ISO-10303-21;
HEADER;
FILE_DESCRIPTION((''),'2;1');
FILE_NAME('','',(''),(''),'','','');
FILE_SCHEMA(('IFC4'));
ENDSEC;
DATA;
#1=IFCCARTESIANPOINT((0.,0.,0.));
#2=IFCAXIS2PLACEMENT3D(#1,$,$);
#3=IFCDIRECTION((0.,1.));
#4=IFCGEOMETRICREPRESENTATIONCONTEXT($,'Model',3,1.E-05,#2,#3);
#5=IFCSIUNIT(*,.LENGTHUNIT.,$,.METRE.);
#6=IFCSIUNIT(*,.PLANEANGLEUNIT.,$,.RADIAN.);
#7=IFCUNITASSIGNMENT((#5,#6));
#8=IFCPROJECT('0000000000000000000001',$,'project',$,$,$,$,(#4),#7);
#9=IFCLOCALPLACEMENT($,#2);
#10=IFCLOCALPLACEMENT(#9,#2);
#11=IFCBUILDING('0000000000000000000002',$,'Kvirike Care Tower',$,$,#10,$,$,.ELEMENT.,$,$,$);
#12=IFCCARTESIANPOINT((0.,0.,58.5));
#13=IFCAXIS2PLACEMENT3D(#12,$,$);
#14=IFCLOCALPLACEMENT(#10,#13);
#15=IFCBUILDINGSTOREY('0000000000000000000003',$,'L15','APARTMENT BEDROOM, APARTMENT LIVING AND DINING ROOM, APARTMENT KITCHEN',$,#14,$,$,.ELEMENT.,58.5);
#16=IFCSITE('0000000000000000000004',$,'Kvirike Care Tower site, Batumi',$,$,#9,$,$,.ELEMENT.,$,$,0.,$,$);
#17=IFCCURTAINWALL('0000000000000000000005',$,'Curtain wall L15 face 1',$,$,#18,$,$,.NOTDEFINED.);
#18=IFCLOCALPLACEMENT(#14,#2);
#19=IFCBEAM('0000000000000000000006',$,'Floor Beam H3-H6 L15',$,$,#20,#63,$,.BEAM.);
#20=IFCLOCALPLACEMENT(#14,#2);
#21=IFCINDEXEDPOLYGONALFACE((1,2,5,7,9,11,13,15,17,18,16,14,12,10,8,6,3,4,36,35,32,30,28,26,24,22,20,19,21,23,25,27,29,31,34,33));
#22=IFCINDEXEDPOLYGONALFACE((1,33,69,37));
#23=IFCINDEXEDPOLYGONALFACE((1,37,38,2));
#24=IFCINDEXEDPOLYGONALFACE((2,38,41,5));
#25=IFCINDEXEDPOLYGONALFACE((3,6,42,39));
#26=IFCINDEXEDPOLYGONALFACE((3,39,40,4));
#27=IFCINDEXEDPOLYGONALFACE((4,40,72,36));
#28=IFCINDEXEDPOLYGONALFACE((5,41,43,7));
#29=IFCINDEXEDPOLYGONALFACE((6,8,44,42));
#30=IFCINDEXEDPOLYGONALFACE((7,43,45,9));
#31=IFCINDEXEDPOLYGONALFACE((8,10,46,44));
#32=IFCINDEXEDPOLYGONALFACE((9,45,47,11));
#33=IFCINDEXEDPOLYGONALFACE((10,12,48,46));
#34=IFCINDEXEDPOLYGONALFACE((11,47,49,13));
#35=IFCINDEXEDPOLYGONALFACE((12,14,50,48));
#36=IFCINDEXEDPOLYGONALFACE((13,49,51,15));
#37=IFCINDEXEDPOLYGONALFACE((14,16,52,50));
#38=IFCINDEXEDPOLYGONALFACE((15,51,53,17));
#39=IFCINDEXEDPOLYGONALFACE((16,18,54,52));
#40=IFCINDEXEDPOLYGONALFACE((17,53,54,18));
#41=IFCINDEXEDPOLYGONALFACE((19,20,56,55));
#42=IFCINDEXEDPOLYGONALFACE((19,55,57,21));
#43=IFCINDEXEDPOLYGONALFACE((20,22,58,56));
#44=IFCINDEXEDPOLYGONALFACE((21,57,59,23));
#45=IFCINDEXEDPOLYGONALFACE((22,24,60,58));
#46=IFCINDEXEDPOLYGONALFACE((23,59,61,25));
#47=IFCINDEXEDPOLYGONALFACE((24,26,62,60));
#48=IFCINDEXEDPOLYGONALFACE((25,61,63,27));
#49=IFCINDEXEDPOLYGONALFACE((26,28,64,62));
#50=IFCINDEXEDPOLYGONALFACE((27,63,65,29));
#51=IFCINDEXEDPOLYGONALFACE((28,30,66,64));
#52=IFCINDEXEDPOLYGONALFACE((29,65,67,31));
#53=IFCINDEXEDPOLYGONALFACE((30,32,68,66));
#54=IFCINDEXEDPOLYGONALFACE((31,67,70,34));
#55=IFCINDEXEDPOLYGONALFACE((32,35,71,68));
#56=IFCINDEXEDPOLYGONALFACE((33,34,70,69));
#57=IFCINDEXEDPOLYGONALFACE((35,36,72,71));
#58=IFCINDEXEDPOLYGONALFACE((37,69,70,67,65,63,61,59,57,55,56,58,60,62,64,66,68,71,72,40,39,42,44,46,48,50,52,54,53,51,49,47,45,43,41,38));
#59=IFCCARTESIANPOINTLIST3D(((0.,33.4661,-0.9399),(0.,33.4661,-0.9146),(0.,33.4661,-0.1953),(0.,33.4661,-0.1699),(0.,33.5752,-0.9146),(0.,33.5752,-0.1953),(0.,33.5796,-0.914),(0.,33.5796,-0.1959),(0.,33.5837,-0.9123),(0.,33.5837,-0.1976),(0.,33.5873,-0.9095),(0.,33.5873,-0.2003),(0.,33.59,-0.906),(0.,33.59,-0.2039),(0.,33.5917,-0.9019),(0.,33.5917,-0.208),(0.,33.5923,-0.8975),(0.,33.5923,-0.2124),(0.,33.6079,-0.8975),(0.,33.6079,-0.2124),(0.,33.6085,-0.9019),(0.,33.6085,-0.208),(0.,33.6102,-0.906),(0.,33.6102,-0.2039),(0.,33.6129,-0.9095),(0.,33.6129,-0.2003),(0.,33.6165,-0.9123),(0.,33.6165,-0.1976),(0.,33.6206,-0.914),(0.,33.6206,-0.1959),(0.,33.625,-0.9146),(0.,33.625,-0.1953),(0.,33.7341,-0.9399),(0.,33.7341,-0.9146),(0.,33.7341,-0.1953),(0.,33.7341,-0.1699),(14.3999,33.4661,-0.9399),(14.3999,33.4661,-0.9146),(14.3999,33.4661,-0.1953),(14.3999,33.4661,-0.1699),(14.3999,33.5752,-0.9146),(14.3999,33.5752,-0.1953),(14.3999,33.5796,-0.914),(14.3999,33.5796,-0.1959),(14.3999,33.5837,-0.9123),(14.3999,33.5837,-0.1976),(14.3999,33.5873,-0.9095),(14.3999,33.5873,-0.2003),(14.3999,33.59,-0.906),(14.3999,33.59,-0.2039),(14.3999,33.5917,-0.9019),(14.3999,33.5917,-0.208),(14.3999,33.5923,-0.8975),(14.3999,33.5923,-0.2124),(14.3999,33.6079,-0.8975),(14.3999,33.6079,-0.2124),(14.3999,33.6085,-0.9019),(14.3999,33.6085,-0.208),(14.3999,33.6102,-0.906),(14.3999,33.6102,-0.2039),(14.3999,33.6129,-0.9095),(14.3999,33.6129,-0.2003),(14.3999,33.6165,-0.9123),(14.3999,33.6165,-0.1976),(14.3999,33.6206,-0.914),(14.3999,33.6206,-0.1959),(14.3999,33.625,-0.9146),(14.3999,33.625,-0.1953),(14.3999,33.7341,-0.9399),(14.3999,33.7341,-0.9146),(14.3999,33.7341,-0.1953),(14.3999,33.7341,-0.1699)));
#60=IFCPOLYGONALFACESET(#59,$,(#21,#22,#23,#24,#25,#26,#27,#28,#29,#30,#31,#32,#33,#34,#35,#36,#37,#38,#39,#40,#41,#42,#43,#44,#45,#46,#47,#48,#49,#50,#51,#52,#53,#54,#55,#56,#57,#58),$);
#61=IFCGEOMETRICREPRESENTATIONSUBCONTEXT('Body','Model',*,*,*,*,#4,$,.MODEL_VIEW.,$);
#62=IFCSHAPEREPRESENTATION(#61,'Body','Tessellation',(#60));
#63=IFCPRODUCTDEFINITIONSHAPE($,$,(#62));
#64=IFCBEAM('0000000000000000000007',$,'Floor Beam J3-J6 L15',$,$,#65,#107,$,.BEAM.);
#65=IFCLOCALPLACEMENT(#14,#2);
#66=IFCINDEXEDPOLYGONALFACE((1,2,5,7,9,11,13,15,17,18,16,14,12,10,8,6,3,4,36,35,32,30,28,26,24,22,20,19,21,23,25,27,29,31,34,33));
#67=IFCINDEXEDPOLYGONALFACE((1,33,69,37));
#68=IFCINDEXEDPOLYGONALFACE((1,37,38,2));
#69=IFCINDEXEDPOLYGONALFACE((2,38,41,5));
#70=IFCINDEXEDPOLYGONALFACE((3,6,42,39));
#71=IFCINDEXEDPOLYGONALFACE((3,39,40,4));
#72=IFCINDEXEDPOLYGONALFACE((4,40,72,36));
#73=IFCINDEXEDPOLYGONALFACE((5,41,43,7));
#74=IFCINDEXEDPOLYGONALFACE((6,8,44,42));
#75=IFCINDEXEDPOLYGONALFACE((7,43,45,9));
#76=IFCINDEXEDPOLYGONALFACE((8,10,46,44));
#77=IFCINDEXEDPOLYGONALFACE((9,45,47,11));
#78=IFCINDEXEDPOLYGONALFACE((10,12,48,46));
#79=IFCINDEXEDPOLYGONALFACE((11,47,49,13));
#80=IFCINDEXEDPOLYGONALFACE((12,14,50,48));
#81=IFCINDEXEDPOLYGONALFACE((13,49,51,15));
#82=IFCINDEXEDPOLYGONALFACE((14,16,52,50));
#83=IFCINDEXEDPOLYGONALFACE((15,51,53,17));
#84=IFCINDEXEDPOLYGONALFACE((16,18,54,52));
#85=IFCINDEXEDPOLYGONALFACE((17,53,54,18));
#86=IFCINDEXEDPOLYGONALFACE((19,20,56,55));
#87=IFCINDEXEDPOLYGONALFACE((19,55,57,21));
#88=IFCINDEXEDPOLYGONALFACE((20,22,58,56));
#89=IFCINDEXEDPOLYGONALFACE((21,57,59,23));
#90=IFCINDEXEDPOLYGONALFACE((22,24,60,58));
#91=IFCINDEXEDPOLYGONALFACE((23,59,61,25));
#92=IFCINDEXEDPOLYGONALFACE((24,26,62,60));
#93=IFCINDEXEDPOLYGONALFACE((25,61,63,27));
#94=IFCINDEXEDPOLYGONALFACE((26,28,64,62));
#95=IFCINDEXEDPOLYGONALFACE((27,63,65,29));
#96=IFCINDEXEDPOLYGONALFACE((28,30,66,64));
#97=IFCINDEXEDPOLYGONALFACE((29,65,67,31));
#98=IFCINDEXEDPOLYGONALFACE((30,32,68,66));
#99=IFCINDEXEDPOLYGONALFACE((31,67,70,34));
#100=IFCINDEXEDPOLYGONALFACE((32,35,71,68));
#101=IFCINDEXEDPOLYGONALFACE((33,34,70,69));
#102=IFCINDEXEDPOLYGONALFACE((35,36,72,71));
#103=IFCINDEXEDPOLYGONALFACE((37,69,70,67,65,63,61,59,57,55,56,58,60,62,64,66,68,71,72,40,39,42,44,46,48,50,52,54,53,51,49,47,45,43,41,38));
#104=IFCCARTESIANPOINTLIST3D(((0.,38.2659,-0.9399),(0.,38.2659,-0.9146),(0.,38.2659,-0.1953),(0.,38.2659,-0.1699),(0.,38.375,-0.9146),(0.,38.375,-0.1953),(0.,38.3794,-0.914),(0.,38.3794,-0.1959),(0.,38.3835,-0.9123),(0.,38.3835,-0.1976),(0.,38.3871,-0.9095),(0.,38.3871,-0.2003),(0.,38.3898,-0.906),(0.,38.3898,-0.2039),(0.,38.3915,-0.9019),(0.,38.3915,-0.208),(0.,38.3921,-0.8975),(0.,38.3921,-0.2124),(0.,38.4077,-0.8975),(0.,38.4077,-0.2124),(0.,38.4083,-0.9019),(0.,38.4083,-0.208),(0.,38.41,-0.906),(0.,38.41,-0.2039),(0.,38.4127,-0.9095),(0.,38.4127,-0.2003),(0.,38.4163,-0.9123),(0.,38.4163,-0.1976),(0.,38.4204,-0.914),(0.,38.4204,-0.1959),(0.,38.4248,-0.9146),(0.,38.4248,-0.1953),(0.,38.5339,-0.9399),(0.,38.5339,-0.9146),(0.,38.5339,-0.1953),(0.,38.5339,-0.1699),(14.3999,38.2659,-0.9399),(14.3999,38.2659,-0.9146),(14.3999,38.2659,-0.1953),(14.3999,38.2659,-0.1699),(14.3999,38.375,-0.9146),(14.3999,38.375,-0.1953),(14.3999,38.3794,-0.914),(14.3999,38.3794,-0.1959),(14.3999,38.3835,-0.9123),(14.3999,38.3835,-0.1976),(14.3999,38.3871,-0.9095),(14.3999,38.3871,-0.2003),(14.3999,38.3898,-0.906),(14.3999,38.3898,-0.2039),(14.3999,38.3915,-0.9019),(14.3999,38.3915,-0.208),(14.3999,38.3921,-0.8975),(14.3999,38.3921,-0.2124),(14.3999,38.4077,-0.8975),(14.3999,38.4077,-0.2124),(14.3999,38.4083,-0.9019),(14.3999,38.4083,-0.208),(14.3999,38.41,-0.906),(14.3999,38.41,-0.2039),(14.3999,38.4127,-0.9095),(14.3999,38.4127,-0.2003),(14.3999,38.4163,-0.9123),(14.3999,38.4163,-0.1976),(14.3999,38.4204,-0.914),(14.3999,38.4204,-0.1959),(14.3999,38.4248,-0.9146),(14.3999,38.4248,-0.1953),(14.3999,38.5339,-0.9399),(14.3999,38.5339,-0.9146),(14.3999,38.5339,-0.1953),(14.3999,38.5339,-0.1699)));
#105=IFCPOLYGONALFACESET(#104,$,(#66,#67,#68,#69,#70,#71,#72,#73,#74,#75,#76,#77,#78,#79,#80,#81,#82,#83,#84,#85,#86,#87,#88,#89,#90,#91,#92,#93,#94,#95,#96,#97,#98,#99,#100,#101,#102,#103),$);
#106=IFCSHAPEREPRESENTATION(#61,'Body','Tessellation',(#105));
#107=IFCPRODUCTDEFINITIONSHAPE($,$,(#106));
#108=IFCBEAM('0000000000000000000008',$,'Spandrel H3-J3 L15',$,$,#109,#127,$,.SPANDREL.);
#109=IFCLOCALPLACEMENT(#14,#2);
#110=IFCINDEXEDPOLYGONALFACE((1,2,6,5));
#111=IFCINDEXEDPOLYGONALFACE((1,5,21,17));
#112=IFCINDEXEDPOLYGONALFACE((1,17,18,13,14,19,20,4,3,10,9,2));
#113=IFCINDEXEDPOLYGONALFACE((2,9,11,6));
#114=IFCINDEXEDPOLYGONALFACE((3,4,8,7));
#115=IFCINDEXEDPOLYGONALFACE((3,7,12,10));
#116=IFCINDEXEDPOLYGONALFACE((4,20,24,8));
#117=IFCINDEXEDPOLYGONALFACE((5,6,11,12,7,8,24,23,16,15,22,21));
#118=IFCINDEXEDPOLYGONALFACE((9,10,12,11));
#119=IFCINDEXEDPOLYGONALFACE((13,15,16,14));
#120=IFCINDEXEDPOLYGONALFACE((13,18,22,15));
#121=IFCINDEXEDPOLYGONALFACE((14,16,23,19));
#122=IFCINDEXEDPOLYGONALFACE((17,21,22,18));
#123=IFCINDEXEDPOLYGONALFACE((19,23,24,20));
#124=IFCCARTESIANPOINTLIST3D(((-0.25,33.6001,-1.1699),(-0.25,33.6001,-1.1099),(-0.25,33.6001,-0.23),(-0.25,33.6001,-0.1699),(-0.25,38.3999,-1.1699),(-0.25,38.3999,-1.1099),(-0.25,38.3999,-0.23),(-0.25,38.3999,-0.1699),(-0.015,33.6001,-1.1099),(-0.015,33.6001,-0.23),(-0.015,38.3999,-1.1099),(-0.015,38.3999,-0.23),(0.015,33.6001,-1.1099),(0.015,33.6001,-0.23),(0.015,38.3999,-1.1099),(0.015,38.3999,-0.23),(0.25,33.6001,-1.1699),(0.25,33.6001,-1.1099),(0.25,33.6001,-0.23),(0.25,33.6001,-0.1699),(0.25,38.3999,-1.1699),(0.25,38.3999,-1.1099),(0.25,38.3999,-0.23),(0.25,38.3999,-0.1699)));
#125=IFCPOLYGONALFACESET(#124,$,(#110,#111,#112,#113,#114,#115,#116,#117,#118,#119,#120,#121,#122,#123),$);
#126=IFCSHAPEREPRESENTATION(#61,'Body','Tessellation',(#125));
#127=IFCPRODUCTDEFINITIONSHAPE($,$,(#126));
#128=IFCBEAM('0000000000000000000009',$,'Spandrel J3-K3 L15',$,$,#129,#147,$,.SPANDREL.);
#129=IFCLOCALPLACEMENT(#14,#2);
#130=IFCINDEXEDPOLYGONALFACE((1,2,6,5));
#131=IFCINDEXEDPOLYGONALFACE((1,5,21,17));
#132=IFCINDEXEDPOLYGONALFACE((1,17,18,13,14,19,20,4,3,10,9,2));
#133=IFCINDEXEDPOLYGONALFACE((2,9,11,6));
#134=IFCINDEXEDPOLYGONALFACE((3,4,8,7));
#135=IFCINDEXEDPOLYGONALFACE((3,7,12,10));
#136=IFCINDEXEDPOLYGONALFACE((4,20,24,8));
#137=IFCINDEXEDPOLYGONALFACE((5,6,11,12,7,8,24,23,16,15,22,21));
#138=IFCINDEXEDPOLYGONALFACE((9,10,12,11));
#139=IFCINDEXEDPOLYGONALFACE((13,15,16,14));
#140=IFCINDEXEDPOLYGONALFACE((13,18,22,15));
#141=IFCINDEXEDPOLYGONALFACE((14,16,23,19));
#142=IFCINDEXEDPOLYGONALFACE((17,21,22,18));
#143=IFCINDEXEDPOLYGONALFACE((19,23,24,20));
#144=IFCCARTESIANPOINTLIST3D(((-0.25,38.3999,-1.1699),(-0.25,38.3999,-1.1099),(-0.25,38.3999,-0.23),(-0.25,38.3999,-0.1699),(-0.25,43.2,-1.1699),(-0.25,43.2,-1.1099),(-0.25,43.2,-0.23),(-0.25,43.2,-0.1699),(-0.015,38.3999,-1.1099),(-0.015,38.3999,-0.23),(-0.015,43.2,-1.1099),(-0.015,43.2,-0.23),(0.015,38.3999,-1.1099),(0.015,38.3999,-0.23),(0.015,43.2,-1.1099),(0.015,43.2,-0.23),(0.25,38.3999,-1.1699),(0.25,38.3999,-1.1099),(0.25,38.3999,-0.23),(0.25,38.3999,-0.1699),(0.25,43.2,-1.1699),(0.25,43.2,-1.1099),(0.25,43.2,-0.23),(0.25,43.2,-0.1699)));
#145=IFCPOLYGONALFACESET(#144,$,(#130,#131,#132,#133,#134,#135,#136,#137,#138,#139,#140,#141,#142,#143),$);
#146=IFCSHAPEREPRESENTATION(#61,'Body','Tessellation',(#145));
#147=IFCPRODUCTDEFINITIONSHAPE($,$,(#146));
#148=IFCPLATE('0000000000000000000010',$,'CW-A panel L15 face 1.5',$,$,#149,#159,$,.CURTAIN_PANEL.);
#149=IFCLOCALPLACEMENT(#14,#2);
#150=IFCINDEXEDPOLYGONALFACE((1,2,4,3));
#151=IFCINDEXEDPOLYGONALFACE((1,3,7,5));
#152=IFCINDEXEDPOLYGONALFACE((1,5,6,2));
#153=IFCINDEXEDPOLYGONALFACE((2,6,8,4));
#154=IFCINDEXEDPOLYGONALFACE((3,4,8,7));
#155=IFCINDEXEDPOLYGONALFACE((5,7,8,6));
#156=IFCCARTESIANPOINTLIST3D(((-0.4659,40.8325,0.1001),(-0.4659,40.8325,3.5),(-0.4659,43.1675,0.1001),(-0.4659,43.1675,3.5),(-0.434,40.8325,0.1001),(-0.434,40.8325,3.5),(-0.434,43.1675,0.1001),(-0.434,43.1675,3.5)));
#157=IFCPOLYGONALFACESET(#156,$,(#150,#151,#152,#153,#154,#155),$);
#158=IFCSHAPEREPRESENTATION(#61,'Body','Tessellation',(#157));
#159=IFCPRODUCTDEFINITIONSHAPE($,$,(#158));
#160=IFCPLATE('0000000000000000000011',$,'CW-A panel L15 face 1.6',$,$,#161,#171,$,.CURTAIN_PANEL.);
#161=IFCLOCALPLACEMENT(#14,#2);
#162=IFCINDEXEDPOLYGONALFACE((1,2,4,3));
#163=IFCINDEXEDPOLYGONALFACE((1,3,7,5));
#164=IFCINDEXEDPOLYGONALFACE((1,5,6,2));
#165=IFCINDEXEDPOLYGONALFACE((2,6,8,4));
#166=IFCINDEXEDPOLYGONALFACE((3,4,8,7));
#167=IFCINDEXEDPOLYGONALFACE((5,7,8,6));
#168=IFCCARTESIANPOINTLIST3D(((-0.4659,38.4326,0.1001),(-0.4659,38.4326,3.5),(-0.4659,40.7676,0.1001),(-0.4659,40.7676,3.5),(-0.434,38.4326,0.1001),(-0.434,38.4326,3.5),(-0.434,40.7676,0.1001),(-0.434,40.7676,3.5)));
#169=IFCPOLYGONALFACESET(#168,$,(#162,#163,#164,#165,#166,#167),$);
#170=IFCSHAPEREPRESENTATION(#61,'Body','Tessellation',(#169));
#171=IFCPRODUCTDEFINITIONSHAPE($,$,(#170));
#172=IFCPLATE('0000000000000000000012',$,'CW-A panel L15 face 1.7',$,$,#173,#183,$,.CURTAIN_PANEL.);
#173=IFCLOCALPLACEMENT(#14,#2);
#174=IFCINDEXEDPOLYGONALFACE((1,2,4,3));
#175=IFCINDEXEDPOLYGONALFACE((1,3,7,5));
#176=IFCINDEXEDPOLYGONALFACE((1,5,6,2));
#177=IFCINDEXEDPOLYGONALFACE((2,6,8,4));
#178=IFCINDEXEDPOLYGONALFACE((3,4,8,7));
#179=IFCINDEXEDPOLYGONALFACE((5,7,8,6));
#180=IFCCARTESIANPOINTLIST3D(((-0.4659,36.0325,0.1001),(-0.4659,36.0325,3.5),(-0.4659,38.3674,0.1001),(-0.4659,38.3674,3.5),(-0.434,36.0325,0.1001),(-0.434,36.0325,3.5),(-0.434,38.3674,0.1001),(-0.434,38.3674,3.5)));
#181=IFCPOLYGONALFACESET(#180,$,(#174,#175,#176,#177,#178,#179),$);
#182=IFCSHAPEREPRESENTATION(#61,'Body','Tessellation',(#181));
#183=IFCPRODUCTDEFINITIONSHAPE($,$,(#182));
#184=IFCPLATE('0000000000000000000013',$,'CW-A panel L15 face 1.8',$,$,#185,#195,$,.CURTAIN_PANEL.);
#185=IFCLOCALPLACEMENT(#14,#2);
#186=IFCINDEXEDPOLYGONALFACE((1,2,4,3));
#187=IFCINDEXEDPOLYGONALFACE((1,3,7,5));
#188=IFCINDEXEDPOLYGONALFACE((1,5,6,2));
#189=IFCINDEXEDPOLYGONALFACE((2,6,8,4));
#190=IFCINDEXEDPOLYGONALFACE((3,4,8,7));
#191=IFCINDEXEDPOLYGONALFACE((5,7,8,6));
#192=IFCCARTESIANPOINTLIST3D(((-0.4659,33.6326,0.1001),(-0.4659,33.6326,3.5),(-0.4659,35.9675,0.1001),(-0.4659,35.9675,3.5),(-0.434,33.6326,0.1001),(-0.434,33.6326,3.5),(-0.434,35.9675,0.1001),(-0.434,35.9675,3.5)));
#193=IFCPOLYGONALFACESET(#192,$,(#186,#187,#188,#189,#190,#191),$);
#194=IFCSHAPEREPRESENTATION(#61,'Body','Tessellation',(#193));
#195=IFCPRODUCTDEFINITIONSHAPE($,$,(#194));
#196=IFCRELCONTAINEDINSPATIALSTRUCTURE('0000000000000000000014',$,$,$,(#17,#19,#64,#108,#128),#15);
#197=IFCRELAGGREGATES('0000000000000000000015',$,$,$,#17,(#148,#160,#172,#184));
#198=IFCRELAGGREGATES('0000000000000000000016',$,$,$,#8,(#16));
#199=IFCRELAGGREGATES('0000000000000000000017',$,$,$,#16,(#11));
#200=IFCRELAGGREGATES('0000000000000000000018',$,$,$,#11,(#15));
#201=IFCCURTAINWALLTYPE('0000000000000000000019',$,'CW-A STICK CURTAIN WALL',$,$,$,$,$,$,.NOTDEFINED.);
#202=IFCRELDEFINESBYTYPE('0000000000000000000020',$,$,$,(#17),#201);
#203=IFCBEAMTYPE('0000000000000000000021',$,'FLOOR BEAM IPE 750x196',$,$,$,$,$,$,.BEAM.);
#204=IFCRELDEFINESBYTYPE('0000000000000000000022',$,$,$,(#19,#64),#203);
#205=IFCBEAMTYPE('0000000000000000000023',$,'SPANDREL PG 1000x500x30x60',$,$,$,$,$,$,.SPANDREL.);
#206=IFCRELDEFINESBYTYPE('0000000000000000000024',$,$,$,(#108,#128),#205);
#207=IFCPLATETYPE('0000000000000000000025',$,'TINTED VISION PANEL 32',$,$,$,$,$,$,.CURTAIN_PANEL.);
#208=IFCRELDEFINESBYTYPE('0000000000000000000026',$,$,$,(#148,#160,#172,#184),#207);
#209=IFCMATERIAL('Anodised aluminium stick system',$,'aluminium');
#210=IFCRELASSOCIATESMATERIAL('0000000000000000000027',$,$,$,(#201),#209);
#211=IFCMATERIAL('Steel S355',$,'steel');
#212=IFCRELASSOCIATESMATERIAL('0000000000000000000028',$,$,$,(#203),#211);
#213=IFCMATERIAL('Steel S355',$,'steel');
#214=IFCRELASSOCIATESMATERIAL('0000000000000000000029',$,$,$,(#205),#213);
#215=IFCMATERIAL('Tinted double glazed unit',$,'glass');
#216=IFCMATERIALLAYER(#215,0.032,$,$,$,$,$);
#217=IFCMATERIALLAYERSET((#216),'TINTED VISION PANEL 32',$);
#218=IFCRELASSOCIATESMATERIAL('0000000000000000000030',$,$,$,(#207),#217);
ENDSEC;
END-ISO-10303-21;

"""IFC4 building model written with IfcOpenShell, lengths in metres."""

from ifc_helpers import new_model, si_unit, direction, frame, origin, origin_2d, place, context, subcontext, project, spatial, rectangle, i_section, extrude, material, layer, layer_set, material_profile, profile_set, type_object, element, aggregate, save


model = new_model("IFC4")

# Units and contexts
model_context = context("Model", 3, precision=1e-05, world=origin(), true_north=direction((0.0, 1.0)))
body_context = subcontext(model_context, "Body", "Model", "MODEL_VIEW")
ifc_project = project(units=[si_unit("LENGTHUNIT", "METRE"), si_unit("PLANEANGLEUNIT", "RADIAN")], contexts=[model_context])

# Site, building, storey
site_placement = place(None, origin())
site = spatial("IfcSite", under=ifc_project, at=site_placement, Name="Kvirike Care Tower site, Batumi", CompositionType="ELEMENT", RefElevation=0.0)
building_placement = place(site_placement, origin())
building = spatial("IfcBuilding", under=site, at=building_placement, Name="Kvirike Care Tower", CompositionType="ELEMENT")
storey_placement = place(building_placement, frame((0.0, 0.0, 58.5)))
storey = spatial("IfcBuildingStorey", under=building, at=storey_placement, Name="L15", Description="APARTMENT BEDROOM, APARTMENT LIVING AND DINING ROOM, APARTMENT KITCHEN", CompositionType="ELEMENT", Elevation=58.5)

# Curtain wall
ifc_material_1 = material(Name="Anodised aluminium stick system", Category="aluminium")
curtain_wall_type = type_object("IfcCurtainWallType", Name="CW-A STICK CURTAIN WALL", PredefinedType="NOTDEFINED", material=ifc_material_1)
curtain_wall_placement = place(storey_placement, origin())
curtain_wall = element("IfcCurtainWall", 1, at=curtain_wall_placement, inside=storey, type_object=curtain_wall_type, Name="Curtain wall L15 face 1", PredefinedType="NOTDEFINED")

# Beams
ifc_material_2 = material(Name="Steel S355", Category="steel")
ifc_material_profile_1 = material_profile(ifc_material_2, i_section(OverallWidth=0.2681, OverallDepth=0.77, WebThickness=0.0156, FlangeThickness=0.0254, FilletRadius=0.0171, at=origin_2d()), Name="IPE 750x196")
ifc_profile_set_1 = profile_set([ifc_material_profile_1], Name="Steel S355")
beam_type_1 = type_object("IfcBeamType", Name="FLOOR BEAM IPE 750x196", PredefinedType="BEAM", material=ifc_profile_set_1)
for number, where, z_axis, x_axis, name in (
    (2, (0.0, 33.6001, -0.5549), (1.0, 0.0, 0.0), (0.0, 1.0, 0.0), "Floor Beam H3-H6 L15"),
    (3, (0.0, 38.3999, -0.5549), (1.0, 0.0, 0.0), (0.0, 1.0, 0.0), "Floor Beam J3-J6 L15"),
):
    element("IfcBeam", number, at=place(storey_placement, frame(where, z_axis=z_axis, x_axis=x_axis)), inside=storey, type_object=beam_type_1, Name=name, PredefinedType="BEAM", context=body_context, shape_type="SweptSolid", body=[
        extrude(i_section(OverallWidth=0.2681, OverallDepth=0.77, WebThickness=0.0156, FlangeThickness=0.0254, FilletRadius=0.0171, at=origin_2d()), origin(), (0.0, 0.0, 1.0), 14.3999),
    ])
ifc_material_3 = material(Name="Steel S355", Category="steel")
ifc_material_profile_2 = material_profile(ifc_material_3, i_section(OverallWidth=0.5, OverallDepth=1.0, WebThickness=0.03, FlangeThickness=0.0601, at=origin_2d()), Name="PG 1000x500x30x60")
ifc_profile_set_2 = profile_set([ifc_material_profile_2], Name="Steel S355")
beam_type_2 = type_object("IfcBeamType", Name="SPANDREL PG 1000x500x30x60", PredefinedType="SPANDREL", material=ifc_profile_set_2)
beam_1_placement = place(storey_placement, frame((0.0, 33.6001, -0.6699), z_axis=(0.0, 1.0, 0.0), x_axis=(-1.0, 0.0, 0.0)))
element("IfcBeam", 4, at=beam_1_placement, inside=storey, type_object=beam_type_2, Name="Spandrel H3-J3 L15", PredefinedType="SPANDREL", context=body_context, shape_type="SweptSolid", body=[
    extrude(i_section(OverallWidth=0.5, OverallDepth=1.0, WebThickness=0.03, FlangeThickness=0.0601, at=origin_2d()), origin(), (0.0, 0.0, 1.0), 4.7998),
])
beam_2_placement = place(storey_placement, frame((0.0, 38.3999, -0.6699), z_axis=(0.0, 1.0, 0.0), x_axis=(-1.0, 0.0, 0.0)))
element("IfcBeam", 5, at=beam_2_placement, inside=storey, type_object=beam_type_2, Name="Spandrel J3-K3 L15", PredefinedType="SPANDREL", context=body_context, shape_type="SweptSolid", body=[
    extrude(i_section(OverallWidth=0.5, OverallDepth=1.0, WebThickness=0.03, FlangeThickness=0.0601, at=origin_2d()), origin(), (0.0, 0.0, 1.0), 4.8),
])

# Plates
ifc_material_4 = material(Name="Tinted double glazed unit", Category="glass")
ifc_layer_1 = layer(ifc_material_4, 0.032)
ifc_layer_set_1 = layer_set([ifc_layer_1], Name="TINTED VISION PANEL 32")
plate_type = type_object("IfcPlateType", Name="TINTED VISION PANEL 32", PredefinedType="CURTAIN_PANEL", material=ifc_layer_set_1)
plate_1_placement = place(storey_placement, frame((-0.45, 42.0, 0.1001), z_axis=(0.0, 0.0, 1.0), x_axis=(0.0, -1.0, 0.0)))
plate_1 = element("IfcPlate", 6, at=plate_1_placement, type_object=plate_type, Name="CW-A panel L15 face 1.5", PredefinedType="CURTAIN_PANEL", context=body_context, shape_type="SweptSolid", body=[
    extrude(rectangle(XDim=2.335, YDim=0.032, at=origin_2d()), origin(), (0.0, 0.0, 1.0), 3.3999),
])
plate_2_placement = place(storey_placement, frame((-0.45, 39.6001, 0.1001), z_axis=(0.0, 0.0, 1.0), x_axis=(0.0, -1.0, 0.0)))
plate_2 = element("IfcPlate", 7, at=plate_2_placement, type_object=plate_type, Name="CW-A panel L15 face 1.6", PredefinedType="CURTAIN_PANEL", context=body_context, shape_type="SweptSolid", body=[
    extrude(rectangle(XDim=2.335, YDim=0.032, at=origin_2d()), origin(), (0.0, 0.0, 1.0), 3.3999),
])
plate_3_placement = place(storey_placement, frame((-0.45, 37.2, 0.1001), z_axis=(0.0, 0.0, 1.0), x_axis=(0.0, -1.0, 0.0)))
plate_3 = element("IfcPlate", 8, at=plate_3_placement, type_object=plate_type, Name="CW-A panel L15 face 1.7", PredefinedType="CURTAIN_PANEL", context=body_context, shape_type="SweptSolid", body=[
    extrude(rectangle(XDim=2.335, YDim=0.032, at=origin_2d()), origin(), (0.0, 0.0, 1.0), 3.3999),
])
plate_4_placement = place(storey_placement, frame((-0.45, 34.8, 0.1001), z_axis=(0.0, 0.0, 1.0), x_axis=(0.0, -1.0, 0.0)))
plate_4 = element("IfcPlate", 9, at=plate_4_placement, type_object=plate_type, Name="CW-A panel L15 face 1.8", PredefinedType="CURTAIN_PANEL", context=body_context, shape_type="SweptSolid", body=[
    extrude(rectangle(XDim=2.335, YDim=0.032, at=origin_2d()), origin(), (0.0, 0.0, 1.0), 3.3999),
])
aggregate(curtain_wall, [plate_1, plate_2, plate_3, plate_4])

save(model, "model.ifc")
